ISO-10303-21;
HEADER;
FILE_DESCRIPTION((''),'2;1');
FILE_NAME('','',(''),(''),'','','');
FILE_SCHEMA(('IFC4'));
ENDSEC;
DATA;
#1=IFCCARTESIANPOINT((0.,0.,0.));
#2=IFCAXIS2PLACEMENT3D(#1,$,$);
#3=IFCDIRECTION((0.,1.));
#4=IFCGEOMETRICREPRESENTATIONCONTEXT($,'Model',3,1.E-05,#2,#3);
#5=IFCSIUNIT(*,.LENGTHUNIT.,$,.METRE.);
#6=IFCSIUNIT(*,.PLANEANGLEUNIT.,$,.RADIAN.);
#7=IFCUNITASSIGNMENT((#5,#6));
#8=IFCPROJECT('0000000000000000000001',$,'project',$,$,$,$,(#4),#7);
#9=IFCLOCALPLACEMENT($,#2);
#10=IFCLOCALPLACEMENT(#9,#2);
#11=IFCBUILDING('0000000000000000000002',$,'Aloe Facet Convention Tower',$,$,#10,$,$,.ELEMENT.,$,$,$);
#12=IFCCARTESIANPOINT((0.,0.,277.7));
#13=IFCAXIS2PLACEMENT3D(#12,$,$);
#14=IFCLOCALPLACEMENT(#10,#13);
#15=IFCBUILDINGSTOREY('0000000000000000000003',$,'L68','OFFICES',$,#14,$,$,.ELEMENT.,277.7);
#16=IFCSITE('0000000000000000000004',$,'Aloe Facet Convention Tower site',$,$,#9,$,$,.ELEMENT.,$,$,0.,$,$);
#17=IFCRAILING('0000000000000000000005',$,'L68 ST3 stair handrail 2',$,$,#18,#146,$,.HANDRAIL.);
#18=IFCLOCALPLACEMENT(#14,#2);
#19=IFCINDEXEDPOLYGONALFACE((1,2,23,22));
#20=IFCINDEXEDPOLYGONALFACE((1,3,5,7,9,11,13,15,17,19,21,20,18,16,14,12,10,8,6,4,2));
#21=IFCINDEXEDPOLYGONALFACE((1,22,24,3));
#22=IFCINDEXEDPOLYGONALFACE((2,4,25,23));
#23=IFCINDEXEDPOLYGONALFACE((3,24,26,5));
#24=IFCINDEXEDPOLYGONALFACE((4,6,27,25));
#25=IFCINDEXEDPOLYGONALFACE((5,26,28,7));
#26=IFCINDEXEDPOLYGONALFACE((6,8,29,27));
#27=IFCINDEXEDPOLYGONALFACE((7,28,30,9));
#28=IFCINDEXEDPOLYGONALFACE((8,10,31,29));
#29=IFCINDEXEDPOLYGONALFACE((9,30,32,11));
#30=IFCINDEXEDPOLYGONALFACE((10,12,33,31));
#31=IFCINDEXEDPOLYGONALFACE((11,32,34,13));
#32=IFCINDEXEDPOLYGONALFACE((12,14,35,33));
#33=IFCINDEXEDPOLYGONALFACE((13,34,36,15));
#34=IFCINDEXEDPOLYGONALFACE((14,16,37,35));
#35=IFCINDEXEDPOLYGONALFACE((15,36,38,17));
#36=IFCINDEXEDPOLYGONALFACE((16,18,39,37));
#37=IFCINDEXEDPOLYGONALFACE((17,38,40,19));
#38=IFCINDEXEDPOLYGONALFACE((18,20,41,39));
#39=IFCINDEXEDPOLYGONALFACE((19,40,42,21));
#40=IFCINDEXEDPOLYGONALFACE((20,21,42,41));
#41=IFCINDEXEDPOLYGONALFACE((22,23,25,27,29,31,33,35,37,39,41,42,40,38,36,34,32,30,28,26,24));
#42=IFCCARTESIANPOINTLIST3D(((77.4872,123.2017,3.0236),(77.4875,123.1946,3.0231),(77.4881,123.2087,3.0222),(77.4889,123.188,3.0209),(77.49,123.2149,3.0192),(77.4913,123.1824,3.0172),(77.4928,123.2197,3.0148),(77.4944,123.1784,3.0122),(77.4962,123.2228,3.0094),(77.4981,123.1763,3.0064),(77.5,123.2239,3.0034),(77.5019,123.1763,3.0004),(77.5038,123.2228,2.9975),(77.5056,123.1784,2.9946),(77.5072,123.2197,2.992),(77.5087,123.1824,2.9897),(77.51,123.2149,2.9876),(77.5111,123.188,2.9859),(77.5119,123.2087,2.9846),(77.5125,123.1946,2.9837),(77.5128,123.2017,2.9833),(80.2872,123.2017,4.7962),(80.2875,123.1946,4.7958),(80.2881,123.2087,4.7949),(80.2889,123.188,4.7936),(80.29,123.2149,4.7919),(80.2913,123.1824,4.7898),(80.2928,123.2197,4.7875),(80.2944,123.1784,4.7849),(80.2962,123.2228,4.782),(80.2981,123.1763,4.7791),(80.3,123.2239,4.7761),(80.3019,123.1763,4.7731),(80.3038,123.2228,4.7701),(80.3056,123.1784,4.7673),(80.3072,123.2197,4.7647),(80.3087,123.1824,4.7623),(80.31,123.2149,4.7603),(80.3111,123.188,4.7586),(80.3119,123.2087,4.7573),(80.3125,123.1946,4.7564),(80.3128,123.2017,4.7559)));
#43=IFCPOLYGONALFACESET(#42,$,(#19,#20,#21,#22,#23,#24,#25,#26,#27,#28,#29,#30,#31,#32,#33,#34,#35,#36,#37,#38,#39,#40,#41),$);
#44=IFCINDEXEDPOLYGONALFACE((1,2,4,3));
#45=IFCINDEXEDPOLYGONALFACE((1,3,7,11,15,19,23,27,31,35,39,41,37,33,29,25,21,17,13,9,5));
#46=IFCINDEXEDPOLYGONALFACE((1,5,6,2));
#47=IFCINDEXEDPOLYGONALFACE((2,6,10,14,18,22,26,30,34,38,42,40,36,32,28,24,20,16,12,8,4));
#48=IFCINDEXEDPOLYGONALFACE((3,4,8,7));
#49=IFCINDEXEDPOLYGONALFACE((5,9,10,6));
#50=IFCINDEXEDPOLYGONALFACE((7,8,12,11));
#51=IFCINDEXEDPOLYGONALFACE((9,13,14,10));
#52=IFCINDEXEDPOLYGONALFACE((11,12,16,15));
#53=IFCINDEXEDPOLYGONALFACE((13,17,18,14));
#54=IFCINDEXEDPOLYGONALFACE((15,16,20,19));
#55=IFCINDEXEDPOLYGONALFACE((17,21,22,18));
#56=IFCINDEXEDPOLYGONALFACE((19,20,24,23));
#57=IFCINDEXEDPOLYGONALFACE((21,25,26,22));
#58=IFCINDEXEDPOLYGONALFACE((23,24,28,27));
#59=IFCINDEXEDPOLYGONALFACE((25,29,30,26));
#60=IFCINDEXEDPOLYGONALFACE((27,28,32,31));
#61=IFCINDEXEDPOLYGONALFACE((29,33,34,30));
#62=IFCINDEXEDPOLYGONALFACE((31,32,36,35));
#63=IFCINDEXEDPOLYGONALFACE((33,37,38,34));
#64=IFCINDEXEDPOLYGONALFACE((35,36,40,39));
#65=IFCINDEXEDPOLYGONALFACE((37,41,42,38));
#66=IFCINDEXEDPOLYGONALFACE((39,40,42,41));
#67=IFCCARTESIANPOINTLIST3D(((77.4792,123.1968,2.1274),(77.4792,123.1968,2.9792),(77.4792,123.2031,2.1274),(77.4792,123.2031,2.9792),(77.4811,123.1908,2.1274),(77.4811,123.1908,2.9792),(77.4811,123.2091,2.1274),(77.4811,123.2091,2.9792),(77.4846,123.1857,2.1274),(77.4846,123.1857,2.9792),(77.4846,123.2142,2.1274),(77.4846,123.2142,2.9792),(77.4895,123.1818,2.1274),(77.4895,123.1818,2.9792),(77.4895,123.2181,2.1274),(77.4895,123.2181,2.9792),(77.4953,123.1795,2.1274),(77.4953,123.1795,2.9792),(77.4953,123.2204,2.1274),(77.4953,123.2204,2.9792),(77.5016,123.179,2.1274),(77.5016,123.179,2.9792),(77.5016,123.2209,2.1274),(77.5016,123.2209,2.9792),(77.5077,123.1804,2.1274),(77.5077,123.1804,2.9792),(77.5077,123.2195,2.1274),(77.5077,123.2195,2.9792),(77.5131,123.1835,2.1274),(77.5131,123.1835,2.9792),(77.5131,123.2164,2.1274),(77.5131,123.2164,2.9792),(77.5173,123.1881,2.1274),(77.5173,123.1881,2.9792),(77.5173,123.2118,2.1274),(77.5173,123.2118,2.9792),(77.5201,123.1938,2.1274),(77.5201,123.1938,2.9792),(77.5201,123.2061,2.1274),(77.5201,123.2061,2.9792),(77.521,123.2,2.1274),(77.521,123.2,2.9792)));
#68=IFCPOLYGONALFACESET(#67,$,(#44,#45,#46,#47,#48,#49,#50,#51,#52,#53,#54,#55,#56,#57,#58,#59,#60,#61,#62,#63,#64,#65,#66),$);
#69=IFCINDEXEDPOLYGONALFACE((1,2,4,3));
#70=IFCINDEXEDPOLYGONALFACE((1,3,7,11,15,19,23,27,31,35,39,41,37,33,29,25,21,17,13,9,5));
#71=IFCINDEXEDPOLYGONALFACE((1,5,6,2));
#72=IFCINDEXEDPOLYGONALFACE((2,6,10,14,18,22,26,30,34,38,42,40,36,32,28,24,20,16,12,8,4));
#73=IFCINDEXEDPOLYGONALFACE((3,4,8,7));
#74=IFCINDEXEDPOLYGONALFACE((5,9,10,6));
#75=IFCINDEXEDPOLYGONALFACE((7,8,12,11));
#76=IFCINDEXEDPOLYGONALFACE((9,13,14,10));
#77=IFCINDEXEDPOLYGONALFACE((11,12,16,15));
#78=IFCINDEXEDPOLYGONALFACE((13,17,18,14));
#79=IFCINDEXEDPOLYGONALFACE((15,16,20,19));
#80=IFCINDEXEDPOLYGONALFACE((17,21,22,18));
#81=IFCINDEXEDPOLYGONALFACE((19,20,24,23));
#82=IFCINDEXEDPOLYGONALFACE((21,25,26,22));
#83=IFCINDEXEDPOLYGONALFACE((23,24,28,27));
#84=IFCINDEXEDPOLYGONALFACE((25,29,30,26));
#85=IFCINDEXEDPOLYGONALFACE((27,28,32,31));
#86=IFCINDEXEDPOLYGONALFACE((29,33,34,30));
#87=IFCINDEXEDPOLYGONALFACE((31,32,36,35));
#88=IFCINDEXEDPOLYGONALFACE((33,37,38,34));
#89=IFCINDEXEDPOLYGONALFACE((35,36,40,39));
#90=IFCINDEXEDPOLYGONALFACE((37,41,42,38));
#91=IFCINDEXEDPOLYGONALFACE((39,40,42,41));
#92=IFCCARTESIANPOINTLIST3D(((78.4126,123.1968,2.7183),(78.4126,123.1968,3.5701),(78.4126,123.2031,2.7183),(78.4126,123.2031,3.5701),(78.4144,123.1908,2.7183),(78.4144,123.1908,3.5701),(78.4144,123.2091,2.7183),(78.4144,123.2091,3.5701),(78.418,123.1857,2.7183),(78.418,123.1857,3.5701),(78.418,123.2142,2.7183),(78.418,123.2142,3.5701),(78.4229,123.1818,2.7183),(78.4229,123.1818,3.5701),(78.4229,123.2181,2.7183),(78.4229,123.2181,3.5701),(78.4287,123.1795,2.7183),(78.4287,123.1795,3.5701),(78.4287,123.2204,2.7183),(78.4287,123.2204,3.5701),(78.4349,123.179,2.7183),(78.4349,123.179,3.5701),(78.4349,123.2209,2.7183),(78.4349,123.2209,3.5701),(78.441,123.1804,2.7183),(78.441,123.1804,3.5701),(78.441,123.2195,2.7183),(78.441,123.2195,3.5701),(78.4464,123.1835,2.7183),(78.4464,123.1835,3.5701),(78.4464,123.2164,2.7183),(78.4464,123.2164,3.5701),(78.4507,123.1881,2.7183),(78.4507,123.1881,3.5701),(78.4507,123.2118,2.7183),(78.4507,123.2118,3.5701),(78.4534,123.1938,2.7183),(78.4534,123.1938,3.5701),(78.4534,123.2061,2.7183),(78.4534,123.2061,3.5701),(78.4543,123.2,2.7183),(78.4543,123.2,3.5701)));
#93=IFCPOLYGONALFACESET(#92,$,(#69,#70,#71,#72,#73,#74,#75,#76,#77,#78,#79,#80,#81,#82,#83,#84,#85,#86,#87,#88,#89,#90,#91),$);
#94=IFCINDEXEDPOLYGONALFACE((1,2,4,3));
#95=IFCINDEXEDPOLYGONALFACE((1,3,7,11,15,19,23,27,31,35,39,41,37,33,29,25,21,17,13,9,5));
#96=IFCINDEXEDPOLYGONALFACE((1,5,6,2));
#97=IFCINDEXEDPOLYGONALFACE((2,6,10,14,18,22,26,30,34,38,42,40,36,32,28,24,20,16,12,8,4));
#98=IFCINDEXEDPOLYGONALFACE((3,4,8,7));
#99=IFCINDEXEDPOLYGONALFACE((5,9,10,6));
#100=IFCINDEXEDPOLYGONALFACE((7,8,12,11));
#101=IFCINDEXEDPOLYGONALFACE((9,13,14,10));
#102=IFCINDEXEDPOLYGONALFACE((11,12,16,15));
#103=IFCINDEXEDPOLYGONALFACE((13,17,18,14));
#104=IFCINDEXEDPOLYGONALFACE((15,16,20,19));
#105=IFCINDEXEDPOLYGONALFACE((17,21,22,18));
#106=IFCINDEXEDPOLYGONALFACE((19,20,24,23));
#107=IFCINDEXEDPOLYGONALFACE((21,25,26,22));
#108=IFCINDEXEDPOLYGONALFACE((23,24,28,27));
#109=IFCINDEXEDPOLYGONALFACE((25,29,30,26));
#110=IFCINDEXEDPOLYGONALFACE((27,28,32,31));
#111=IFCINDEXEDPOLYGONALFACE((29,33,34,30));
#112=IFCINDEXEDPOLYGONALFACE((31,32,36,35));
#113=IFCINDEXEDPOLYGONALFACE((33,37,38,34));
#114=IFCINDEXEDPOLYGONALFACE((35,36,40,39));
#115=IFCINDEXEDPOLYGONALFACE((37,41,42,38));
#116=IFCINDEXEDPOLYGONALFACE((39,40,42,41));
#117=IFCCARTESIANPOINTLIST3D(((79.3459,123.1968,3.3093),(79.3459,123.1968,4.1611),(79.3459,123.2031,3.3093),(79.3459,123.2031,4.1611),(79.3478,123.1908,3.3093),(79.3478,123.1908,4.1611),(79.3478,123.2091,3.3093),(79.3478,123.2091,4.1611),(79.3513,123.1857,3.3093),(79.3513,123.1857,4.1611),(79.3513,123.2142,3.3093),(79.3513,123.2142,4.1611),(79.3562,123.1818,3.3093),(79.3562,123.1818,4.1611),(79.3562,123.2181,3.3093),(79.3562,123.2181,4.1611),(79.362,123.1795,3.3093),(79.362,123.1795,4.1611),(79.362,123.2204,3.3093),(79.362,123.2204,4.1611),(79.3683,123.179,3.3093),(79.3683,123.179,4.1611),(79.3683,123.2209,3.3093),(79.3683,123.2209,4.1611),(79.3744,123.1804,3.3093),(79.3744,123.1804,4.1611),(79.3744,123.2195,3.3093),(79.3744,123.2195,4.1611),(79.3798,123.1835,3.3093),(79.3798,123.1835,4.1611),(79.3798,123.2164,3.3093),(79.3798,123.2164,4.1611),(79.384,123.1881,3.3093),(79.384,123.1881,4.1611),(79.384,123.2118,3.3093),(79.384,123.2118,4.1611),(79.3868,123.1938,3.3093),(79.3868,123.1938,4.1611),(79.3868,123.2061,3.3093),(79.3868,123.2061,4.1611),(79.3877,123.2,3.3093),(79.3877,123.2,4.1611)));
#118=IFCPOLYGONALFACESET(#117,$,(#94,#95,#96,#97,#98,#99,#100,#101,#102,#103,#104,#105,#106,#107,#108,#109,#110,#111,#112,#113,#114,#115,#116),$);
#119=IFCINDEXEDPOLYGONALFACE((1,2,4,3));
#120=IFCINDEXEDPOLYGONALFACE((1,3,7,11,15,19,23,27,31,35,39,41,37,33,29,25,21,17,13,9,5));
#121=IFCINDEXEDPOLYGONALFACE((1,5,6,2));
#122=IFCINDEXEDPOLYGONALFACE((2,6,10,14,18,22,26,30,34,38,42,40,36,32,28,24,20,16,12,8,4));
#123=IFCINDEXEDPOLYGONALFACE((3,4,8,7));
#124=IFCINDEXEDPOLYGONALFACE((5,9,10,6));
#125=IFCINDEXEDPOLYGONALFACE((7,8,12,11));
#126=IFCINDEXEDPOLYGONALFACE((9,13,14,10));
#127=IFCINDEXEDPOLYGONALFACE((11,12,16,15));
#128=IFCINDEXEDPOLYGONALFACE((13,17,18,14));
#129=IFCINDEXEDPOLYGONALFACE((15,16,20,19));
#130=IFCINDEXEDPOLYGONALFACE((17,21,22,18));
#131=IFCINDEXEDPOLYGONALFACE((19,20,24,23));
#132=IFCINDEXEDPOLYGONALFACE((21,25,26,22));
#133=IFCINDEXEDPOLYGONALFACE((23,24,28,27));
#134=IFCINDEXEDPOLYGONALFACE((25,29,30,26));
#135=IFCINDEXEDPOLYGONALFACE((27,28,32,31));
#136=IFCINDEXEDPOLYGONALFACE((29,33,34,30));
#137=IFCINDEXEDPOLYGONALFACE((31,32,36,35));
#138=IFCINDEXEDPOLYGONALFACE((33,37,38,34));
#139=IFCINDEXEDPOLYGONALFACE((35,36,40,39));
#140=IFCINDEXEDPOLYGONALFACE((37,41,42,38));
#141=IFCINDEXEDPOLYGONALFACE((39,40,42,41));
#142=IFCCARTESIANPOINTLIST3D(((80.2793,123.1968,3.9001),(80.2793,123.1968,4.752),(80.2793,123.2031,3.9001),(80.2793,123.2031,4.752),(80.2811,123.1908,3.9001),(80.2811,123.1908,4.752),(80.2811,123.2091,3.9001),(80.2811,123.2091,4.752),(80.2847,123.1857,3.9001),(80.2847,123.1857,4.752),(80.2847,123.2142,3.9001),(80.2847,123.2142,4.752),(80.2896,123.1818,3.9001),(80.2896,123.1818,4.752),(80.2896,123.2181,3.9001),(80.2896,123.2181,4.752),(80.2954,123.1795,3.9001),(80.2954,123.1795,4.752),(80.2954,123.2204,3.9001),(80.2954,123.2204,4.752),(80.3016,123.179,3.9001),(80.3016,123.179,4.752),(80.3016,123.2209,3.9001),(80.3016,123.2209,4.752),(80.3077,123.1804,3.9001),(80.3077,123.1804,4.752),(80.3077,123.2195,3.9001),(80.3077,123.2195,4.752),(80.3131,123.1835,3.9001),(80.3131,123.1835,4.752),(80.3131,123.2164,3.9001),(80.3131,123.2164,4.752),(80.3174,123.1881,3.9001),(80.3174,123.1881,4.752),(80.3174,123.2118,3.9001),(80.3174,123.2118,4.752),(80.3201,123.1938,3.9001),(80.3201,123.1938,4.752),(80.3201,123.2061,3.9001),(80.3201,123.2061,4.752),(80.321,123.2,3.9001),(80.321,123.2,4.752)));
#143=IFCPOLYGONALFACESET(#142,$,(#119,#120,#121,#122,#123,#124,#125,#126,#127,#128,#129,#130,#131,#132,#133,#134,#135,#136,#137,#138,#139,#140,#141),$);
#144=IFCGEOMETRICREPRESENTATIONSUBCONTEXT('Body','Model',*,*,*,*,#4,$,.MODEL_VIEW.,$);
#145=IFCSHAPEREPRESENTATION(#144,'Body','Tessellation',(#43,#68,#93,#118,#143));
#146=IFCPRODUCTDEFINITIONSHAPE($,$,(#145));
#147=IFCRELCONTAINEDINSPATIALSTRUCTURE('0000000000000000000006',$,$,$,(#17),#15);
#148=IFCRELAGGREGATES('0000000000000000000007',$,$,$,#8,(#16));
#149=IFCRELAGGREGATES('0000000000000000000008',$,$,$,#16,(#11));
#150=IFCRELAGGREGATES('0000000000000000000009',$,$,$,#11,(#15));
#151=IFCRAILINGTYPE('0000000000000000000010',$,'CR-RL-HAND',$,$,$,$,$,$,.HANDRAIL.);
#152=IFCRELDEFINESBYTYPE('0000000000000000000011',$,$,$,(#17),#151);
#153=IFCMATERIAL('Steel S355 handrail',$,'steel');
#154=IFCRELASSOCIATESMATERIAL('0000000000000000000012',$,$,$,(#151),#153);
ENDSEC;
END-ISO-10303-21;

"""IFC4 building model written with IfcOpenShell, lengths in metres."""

from ifc_helpers import new_model, si_unit, direction, frame, origin, origin_2d, place, context, subcontext, project, spatial, circle, extrude, material, type_object, element, save


model = new_model("IFC4")

# Units and contexts
model_context = context("Model", 3, precision=1e-05, world=origin(), true_north=direction((0.0, 1.0)))
body_context = subcontext(model_context, "Body", "Model", "MODEL_VIEW")
ifc_project = project(units=[si_unit("LENGTHUNIT", "METRE"), si_unit("PLANEANGLEUNIT", "RADIAN")], contexts=[model_context])

# Site, building, storey
site_placement = place(None, origin())
site = spatial("IfcSite", under=ifc_project, at=site_placement, Name="Aloe Facet Convention Tower site", CompositionType="ELEMENT", RefElevation=0.0)
building_placement = place(site_placement, origin())
building = spatial("IfcBuilding", under=site, at=building_placement, Name="Aloe Facet Convention Tower", CompositionType="ELEMENT")
storey_placement = place(building_placement, frame((0.0, 0.0, 277.7)))
storey = spatial("IfcBuildingStorey", under=building, at=storey_placement, Name="L68", Description="OFFICES", CompositionType="ELEMENT", Elevation=277.7)

# Railing
ifc_material_1 = material(Name="Steel S355 handrail", Category="steel")
railing_type_1 = type_object("IfcRailingType", Name="CR-RL-HAND", PredefinedType="HANDRAIL", material=ifc_material_1)
railing_1_placement = place(storey_placement, frame((77.5, 123.2, 2.1274)))
element("IfcRailing", 1, at=railing_1_placement, inside=storey, type_object=railing_type_1, Name="L68 ST3 stair handrail 2", PredefinedType="HANDRAIL", context=body_context, shape_type="SweptSolid", body=[
    extrude(circle(Radius=0.0239, at=origin_2d()), frame((0.0, 0.0, 0.876), z_axis=(0.844909, 0.0, 0.53491), x_axis=(0.0, 1.0, 0.0)), (0.0, 0.0, 1.0), 3.314),
    extrude(circle(Radius=0.021, at=origin_2d()), origin(), (0.0, 0.0, 1.0), 0.8518),
    extrude(circle(Radius=0.021, at=origin_2d()), frame((0.9333, 0.0, 0.5908)), (0.0, 0.0, 1.0), 0.8518),
    extrude(circle(Radius=0.021, at=origin_2d()), frame((1.8667, 0.0, 1.1819)), (0.0, 0.0, 1.0), 0.8518),
    extrude(circle(Radius=0.021, at=origin_2d()), frame((2.8, 0.0, 1.7727)), (0.0, 0.0, 1.0), 0.8518),
])

save(model, "model.ifc")
